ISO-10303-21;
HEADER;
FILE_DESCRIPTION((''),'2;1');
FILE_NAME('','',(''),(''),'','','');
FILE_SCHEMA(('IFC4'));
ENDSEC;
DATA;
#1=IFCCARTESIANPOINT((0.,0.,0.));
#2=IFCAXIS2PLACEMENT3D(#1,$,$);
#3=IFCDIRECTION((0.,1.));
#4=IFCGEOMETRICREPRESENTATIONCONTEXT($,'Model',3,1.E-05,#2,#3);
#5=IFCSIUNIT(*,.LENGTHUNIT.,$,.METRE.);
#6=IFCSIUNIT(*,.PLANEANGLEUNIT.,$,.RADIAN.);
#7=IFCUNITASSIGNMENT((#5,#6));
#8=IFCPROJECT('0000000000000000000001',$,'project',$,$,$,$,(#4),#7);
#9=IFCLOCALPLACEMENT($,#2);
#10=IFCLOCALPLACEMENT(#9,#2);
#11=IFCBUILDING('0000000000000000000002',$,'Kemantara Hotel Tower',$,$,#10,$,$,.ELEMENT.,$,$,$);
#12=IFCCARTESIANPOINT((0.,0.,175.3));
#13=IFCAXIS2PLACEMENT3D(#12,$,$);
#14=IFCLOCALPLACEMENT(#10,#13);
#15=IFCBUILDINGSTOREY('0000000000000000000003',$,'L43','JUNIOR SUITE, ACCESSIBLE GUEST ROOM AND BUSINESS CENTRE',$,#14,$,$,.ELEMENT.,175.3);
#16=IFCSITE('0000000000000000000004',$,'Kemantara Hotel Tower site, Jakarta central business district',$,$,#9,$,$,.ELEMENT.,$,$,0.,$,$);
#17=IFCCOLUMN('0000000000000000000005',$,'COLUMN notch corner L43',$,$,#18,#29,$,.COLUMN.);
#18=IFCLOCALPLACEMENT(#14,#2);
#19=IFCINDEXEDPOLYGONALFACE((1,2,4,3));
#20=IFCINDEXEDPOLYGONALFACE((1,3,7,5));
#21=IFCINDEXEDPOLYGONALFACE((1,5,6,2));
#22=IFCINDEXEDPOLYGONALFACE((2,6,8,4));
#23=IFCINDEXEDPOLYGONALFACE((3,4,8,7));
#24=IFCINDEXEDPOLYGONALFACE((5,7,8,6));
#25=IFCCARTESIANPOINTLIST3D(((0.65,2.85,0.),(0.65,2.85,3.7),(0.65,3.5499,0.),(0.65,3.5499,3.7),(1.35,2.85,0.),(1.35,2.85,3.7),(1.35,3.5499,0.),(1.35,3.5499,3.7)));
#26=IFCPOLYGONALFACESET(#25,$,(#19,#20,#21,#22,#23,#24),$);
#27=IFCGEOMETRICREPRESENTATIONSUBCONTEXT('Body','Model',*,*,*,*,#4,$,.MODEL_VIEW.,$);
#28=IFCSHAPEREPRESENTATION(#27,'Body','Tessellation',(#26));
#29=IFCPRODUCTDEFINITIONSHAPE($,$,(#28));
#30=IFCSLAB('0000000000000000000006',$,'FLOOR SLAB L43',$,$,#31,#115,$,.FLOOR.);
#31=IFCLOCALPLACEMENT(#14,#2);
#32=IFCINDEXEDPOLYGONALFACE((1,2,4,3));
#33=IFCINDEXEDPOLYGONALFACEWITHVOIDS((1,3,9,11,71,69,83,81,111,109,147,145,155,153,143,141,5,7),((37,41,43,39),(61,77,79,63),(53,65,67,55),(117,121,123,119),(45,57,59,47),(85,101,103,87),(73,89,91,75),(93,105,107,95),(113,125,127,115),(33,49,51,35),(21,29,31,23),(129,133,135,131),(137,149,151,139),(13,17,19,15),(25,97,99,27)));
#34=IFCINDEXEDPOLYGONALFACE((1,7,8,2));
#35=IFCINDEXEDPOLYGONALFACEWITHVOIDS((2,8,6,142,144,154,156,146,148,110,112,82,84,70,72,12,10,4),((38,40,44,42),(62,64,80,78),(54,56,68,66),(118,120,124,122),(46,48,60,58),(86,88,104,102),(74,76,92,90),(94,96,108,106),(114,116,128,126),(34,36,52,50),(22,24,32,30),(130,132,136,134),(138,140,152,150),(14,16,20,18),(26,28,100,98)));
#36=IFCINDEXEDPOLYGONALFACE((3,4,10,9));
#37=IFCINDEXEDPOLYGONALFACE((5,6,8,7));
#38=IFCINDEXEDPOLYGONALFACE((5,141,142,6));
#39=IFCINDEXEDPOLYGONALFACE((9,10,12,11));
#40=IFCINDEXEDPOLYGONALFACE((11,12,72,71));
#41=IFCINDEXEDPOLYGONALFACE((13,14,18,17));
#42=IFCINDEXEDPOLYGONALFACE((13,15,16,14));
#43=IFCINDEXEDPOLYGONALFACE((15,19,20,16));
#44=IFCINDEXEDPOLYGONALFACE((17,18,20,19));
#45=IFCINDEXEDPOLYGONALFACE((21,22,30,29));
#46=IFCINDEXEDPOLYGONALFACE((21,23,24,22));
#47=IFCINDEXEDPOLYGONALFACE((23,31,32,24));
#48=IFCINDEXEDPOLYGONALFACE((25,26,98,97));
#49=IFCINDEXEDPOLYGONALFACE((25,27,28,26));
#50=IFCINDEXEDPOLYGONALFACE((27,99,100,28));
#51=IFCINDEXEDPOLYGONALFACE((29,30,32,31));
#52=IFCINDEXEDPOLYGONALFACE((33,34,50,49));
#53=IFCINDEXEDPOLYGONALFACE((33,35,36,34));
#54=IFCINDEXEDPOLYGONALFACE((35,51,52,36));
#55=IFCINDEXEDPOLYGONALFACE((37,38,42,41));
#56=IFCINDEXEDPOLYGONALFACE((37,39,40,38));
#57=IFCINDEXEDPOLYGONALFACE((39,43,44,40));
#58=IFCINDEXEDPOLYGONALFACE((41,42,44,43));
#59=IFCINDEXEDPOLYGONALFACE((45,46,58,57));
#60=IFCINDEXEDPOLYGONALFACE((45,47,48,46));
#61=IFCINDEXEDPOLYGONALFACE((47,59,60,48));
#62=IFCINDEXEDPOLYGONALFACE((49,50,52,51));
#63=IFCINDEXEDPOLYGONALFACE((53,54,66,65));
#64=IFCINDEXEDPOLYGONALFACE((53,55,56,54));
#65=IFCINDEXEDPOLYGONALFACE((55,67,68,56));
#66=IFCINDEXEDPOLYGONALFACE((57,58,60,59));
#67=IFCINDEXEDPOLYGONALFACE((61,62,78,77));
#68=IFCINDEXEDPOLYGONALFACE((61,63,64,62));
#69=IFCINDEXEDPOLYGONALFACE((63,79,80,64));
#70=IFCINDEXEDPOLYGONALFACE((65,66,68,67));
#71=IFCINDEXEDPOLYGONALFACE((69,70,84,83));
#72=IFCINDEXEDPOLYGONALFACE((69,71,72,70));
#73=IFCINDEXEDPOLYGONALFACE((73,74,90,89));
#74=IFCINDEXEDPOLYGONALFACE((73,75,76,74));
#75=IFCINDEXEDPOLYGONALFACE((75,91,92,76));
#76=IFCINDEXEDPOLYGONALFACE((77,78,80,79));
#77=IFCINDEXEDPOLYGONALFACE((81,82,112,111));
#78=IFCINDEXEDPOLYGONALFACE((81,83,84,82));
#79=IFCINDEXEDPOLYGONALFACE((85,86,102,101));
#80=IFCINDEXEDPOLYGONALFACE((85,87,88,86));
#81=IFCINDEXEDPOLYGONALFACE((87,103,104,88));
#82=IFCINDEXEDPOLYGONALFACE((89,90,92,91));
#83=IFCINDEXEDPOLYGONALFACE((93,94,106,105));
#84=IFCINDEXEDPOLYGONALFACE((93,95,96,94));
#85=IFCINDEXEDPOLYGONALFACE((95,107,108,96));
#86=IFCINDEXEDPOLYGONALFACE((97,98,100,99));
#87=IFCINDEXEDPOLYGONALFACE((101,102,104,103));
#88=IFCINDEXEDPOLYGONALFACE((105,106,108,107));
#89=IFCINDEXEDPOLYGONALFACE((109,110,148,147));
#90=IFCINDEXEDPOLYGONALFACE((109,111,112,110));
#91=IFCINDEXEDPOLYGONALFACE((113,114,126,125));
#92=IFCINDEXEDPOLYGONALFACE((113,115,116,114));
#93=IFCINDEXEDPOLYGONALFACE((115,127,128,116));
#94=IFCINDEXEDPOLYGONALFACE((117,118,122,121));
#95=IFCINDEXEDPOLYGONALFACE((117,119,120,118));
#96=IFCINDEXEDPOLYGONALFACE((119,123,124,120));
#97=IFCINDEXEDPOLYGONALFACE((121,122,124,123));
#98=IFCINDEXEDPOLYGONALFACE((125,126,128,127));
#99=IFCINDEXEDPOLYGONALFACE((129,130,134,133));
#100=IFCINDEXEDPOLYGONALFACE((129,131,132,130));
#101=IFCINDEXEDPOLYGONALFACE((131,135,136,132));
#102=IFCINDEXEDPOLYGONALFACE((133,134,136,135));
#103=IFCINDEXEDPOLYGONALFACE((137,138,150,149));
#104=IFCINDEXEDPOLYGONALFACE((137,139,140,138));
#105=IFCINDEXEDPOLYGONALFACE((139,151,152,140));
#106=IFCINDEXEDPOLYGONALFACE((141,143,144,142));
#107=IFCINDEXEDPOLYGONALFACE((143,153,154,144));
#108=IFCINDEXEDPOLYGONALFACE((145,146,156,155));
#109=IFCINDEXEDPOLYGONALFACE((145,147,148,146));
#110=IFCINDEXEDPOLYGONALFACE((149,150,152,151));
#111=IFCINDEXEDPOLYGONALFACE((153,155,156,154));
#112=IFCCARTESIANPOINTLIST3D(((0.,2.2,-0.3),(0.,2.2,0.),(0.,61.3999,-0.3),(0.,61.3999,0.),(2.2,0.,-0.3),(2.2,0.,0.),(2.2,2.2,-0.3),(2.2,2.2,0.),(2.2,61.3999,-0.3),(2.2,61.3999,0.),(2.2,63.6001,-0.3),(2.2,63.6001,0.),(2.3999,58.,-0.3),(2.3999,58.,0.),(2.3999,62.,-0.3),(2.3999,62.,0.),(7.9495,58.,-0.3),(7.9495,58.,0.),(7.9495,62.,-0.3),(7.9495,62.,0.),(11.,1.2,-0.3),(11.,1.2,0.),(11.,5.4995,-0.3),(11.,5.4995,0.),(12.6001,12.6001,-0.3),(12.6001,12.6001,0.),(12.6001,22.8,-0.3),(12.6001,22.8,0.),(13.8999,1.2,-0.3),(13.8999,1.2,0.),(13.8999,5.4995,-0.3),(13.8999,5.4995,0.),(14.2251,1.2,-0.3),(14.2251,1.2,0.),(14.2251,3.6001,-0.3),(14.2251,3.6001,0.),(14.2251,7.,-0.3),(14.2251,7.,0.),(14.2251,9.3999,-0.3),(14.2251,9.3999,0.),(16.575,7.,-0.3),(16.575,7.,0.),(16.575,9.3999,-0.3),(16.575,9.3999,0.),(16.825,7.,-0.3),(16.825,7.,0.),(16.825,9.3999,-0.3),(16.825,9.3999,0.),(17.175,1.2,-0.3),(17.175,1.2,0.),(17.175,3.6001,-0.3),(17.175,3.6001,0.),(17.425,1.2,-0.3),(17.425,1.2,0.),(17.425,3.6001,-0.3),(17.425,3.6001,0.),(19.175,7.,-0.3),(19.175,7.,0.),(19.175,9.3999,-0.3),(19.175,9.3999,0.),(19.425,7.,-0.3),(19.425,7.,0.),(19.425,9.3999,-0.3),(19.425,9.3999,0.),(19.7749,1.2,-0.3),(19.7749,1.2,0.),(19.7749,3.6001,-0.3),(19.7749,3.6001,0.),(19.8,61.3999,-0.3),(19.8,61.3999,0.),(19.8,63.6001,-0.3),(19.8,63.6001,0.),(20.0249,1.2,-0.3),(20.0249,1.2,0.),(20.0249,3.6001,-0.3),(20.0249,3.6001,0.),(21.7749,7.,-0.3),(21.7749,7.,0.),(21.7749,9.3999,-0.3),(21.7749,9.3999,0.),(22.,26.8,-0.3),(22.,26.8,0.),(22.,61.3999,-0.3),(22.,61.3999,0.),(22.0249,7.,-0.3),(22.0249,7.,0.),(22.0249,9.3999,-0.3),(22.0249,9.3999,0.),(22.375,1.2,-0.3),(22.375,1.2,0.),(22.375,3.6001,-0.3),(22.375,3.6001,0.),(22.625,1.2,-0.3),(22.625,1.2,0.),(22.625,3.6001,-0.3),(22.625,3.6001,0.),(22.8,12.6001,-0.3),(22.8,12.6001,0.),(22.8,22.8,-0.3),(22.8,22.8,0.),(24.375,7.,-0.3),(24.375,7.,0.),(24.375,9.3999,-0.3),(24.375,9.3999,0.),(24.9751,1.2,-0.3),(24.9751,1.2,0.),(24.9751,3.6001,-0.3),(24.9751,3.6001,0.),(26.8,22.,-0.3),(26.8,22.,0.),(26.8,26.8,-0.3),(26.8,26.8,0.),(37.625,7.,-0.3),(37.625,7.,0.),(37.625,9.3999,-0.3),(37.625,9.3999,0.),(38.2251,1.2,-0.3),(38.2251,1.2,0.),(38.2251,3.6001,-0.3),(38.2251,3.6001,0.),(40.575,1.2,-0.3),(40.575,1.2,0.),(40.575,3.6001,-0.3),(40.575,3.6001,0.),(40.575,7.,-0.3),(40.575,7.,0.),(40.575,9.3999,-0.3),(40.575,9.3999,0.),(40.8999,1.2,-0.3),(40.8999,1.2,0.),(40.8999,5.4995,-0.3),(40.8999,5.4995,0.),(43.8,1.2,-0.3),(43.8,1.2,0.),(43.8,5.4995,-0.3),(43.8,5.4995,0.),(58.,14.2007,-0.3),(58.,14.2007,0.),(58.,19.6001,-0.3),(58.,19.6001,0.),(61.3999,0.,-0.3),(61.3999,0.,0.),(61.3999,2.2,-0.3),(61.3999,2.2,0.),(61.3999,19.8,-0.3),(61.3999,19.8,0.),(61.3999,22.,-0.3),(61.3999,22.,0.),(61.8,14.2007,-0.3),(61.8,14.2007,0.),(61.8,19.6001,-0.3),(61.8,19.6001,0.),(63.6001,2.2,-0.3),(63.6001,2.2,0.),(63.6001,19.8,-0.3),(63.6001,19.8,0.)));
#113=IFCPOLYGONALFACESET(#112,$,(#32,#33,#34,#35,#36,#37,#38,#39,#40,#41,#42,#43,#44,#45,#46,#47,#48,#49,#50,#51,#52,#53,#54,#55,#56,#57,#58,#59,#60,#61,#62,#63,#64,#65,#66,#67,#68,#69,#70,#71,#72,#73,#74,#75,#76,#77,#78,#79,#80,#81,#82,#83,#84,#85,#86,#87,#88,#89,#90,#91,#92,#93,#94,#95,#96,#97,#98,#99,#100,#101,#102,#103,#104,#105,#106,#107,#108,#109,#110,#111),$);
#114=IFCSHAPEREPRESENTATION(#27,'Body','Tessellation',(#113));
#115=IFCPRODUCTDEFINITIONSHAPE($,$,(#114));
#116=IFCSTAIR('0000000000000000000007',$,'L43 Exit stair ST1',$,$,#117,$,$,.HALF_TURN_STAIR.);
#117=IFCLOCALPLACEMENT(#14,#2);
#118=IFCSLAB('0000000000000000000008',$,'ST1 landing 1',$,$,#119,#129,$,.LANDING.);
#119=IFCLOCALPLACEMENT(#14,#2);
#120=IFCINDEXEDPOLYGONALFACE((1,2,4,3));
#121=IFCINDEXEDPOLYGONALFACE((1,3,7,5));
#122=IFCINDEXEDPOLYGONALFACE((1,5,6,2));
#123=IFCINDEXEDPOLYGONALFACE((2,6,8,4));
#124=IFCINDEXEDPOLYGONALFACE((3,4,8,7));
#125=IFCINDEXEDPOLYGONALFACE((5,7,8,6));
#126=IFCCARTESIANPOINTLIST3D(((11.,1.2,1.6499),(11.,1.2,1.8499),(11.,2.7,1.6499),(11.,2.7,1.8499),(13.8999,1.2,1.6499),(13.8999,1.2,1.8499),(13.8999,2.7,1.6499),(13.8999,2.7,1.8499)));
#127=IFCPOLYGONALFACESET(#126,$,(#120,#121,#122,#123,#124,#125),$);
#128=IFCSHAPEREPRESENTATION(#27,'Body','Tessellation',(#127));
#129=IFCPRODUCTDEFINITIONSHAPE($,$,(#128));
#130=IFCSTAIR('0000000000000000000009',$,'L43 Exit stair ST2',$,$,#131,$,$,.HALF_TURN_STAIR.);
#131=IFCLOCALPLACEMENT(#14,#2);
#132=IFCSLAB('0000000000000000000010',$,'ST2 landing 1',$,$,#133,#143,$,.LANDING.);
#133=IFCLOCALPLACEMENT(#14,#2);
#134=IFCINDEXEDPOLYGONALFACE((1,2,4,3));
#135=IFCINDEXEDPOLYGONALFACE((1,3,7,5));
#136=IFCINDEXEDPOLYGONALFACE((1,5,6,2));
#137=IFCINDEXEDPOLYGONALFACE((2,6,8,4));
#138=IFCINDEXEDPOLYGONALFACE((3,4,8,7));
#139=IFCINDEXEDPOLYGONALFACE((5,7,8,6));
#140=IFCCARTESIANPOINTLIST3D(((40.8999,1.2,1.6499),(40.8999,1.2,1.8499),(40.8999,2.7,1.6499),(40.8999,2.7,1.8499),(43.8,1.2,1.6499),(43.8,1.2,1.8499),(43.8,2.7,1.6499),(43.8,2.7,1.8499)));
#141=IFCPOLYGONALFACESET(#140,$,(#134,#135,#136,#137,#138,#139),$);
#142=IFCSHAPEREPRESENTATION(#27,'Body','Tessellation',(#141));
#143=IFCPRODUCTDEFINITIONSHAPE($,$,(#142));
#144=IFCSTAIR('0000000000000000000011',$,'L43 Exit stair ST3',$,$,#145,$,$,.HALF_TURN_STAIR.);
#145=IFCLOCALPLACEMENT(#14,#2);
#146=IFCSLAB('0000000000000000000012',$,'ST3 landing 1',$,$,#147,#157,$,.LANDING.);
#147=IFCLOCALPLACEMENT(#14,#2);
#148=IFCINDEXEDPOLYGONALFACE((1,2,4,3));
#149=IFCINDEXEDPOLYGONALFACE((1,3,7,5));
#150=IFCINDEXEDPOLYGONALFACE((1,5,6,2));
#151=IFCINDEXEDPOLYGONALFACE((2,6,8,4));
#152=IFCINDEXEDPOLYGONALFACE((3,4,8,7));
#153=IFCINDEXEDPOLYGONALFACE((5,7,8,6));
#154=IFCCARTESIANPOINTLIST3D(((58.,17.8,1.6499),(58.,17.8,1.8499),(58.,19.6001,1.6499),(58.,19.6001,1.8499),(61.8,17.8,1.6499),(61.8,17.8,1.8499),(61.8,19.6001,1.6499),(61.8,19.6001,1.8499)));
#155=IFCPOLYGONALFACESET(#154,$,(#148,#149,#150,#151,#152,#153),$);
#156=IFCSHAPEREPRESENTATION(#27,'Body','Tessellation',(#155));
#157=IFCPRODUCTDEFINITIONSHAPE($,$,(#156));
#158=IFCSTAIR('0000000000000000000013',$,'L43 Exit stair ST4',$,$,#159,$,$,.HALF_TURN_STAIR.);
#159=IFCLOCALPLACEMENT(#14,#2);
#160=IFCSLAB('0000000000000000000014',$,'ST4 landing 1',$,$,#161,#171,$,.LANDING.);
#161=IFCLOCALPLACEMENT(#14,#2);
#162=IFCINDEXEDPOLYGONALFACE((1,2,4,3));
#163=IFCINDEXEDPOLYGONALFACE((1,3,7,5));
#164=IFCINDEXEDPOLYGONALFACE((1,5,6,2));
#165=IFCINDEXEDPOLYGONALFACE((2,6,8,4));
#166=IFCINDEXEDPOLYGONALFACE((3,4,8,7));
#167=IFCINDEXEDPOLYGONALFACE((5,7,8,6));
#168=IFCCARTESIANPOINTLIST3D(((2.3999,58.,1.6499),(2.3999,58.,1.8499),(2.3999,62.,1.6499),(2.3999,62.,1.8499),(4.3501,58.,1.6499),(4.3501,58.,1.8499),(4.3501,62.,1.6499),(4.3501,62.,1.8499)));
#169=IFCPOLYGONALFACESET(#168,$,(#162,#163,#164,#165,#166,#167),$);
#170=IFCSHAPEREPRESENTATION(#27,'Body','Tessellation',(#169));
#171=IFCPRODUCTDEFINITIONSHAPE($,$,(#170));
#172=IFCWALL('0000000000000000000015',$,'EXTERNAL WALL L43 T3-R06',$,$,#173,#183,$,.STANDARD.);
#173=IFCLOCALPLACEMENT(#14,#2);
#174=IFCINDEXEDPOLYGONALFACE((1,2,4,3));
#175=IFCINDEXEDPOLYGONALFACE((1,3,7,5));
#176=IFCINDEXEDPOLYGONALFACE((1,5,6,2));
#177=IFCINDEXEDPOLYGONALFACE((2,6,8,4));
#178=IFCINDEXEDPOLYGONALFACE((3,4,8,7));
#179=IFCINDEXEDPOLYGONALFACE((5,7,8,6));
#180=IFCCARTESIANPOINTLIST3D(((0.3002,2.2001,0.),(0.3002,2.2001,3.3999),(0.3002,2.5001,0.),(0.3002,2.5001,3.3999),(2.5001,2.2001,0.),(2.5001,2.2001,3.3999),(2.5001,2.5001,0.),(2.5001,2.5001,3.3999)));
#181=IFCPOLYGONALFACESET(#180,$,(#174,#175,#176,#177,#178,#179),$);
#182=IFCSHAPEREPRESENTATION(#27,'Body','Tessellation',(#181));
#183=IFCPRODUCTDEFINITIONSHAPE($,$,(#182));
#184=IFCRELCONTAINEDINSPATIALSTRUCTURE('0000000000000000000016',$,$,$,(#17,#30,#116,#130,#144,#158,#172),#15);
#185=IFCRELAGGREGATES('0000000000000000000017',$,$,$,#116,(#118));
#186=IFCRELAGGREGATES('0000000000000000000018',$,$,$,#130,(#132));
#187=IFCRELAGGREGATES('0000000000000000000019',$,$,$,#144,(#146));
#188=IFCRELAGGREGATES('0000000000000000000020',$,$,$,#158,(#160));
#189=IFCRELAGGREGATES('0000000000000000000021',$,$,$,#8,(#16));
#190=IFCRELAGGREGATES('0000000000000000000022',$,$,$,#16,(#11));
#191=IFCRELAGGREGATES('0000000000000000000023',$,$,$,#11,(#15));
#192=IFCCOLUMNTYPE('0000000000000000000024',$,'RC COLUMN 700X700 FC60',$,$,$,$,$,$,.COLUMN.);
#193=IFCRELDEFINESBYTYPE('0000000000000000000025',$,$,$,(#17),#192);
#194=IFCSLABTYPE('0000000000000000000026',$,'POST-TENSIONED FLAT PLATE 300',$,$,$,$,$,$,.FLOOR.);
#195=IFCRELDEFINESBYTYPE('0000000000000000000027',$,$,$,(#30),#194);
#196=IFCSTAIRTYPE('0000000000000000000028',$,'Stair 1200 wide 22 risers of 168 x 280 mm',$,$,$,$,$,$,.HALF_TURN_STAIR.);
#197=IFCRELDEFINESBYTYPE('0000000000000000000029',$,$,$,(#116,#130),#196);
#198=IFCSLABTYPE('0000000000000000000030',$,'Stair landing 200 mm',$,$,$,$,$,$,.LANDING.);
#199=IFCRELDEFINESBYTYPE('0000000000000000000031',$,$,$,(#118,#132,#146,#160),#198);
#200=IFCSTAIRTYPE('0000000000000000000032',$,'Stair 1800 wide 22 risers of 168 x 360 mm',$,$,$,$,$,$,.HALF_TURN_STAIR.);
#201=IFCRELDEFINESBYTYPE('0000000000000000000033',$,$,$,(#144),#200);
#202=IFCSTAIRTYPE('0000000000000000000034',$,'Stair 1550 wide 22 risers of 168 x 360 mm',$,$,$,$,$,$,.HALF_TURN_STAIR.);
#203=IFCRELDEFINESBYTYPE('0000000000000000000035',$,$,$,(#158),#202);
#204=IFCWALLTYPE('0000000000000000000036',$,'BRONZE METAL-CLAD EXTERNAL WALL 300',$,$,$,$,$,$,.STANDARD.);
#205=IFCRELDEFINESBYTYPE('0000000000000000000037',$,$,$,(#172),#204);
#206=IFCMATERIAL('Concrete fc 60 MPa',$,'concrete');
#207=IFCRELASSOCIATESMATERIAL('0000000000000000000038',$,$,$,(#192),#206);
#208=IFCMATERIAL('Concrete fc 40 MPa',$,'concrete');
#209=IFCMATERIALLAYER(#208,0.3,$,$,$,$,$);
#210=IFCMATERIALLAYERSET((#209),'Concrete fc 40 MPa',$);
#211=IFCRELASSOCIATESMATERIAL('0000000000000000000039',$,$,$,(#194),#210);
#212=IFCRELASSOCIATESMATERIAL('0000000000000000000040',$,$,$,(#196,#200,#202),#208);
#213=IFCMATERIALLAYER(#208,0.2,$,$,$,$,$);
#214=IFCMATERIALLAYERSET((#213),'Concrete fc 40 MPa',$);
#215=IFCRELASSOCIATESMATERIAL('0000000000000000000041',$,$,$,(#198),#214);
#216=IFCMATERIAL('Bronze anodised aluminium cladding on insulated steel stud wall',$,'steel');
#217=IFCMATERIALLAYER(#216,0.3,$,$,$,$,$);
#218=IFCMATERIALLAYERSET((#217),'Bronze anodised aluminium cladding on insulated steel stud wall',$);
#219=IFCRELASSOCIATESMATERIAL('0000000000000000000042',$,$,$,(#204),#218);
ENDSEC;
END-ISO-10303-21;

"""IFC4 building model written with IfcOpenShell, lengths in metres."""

from ifc_helpers import new_model, si_unit, direction, frame, frame_2d, origin, origin_2d, place, context, subcontext, project, spatial, polyline, rectangle, outline, extrude, material, layer, layer_set, material_profile, profile_set, type_object, element, aggregate, save


model = new_model("IFC4")

# Units and contexts
model_context = context("Model", 3, precision=1e-05, world=origin(), true_north=direction((0.0, 1.0)))
body_context = subcontext(model_context, "Body", "Model", "MODEL_VIEW")
ifc_project = project(units=[si_unit("LENGTHUNIT", "METRE"), si_unit("PLANEANGLEUNIT", "RADIAN")], contexts=[model_context])

# Site, building, storey
site_placement = place(None, origin())
site = spatial("IfcSite", under=ifc_project, at=site_placement, Name="Kemantara Hotel Tower site, Jakarta central business district", CompositionType="ELEMENT", RefElevation=0.0)
building_placement = place(site_placement, origin())
building = spatial("IfcBuilding", under=site, at=building_placement, Name="Kemantara Hotel Tower", CompositionType="ELEMENT")
storey_placement = place(building_placement, frame((0.0, 0.0, 175.3)))
storey = spatial("IfcBuildingStorey", under=building, at=storey_placement, Name="L43", Description="JUNIOR SUITE, ACCESSIBLE GUEST ROOM AND BUSINESS CENTRE", CompositionType="ELEMENT", Elevation=175.3)

# Column
ifc_material_1 = material(Name="Concrete fc 60 MPa", Category="concrete")
ifc_material_profile = material_profile(ifc_material_1, rectangle(XDim=0.7, YDim=0.7, at=origin_2d()), Name="RC 700X700")
ifc_profile_set = profile_set([ifc_material_profile], Name="Concrete fc 60 MPa")
column_type = type_object("IfcColumnType", Name="RC COLUMN 700X700 FC60", PredefinedType="COLUMN", material=ifc_profile_set)
column_placement = place(storey_placement, frame((1.0, 3.2, 0.0), z_axis=(0.0, 0.0, 1.0), x_axis=(1.0, 0.0, 0.0)))
element("IfcColumn", 1, at=column_placement, inside=storey, type_object=column_type, Name="COLUMN notch corner L43", PredefinedType="COLUMN", context=body_context, shape_type="SweptSolid", body=[
    extrude(rectangle(XDim=0.7, YDim=0.7, at=origin_2d()), origin(), (0.0, 0.0, 1.0), 3.7),
])

# Slab
ifc_material_2 = material(Name="Concrete fc 40 MPa", Category="concrete")
ifc_layer_1 = layer(ifc_material_2, 0.3)
ifc_layer_set_1 = layer_set([ifc_layer_1], Name="Concrete fc 40 MPa")
slab_type_1 = type_object("IfcSlabType", Name="POST-TENSIONED FLAT PLATE 300", PredefinedType="FLOOR", material=ifc_layer_set_1)
slab_1_placement = place(storey_placement, frame((0.0, 0.0, -0.3)))
element("IfcSlab", 2, at=slab_1_placement, inside=storey, type_object=slab_type_1, Name="FLOOR SLAB L43", PredefinedType="FLOOR", context=body_context, shape_type="SweptSolid", body=[
    extrude(outline(polyline([(22.0, 26.8), (22.0, 61.3999), (19.8, 61.3999), (19.8, 63.6001), (2.2, 63.6001), (2.2, 61.3999), (0.0, 61.3999), (0.0, 2.2), (2.2, 2.2), (2.2, 0.0), (61.3999, 0.0), (61.3999, 2.2), (63.6001, 2.2), (63.6001, 19.8), (61.3999, 19.8), (61.3999, 22.0), (26.8, 22.0), (26.8, 26.8), (22.0, 26.8)]), holes=[polyline([(17.175, 3.6001), (17.175, 1.2), (14.2251, 1.2), (14.2251, 3.6001), (17.175, 3.6001)]), polyline([(19.7749, 1.2), (17.425, 1.2), (17.425, 3.6001), (19.7749, 3.6001), (19.7749, 1.2)]), polyline([(11.0, 1.2), (11.0, 5.4995), (13.8999, 5.4995), (13.8999, 1.2), (11.0, 1.2)]), polyline([(16.575, 7.0), (14.2251, 7.0), (14.2251, 9.3999), (16.575, 9.3999), (16.575, 7.0)]), polyline([(19.175, 7.0), (16.825, 7.0), (16.825, 9.3999), (19.175, 9.3999), (19.175, 7.0)]), polyline([(21.7749, 7.0), (19.425, 7.0), (19.425, 9.3999), (21.7749, 9.3999), (21.7749, 7.0)]), polyline([(22.8, 12.6001), (12.6001, 12.6001), (12.6001, 22.8), (22.8, 22.8), (22.8, 12.6001)]), polyline([(2.3999, 62.0), (7.9495, 62.0), (7.9495, 58.0), (2.3999, 58.0), (2.3999, 62.0)]), polyline([(22.375, 1.2), (20.0249, 1.2), (20.0249, 3.6001), (22.375, 3.6001), (22.375, 1.2)]), polyline([(24.9751, 1.2), (22.625, 1.2), (22.625, 3.6001), (24.9751, 3.6001), (24.9751, 1.2)]), polyline([(40.575, 1.2), (38.2251, 1.2), (38.2251, 3.6001), (40.575, 3.6001), (40.575, 1.2)]), polyline([(40.8999, 1.2), (40.8999, 5.4995), (43.8, 5.4995), (43.8, 1.2), (40.8999, 1.2)]), polyline([(24.375, 7.0), (22.0249, 7.0), (22.0249, 9.3999), (24.375, 9.3999), (24.375, 7.0)]), polyline([(40.575, 7.0), (37.625, 7.0), (37.625, 9.3999), (40.575, 9.3999), (40.575, 7.0)]), polyline([(61.8, 19.6001), (61.8, 14.2007), (58.0, 14.2007), (58.0, 19.6001), (61.8, 19.6001)])]), origin(), (0.0, 0.0, 1.0), 0.3),
])

# Stairs, slabs
stair_type_1 = type_object("IfcStairType", Name="Stair 1200 wide 22 risers of 168 x 280 mm", PredefinedType="HALF_TURN_STAIR", material=ifc_material_2)
stair_1_placement = place(storey_placement, origin())
stair_1 = element("IfcStair", 3, at=stair_1_placement, inside=storey, type_object=stair_type_1, Name="L43 Exit stair ST1", PredefinedType="HALF_TURN_STAIR")
ifc_layer_2 = layer(ifc_material_2, 0.2)
ifc_layer_set_2 = layer_set([ifc_layer_2], Name="Concrete fc 40 MPa")
slab_type_2 = type_object("IfcSlabType", Name="Stair landing 200 mm", PredefinedType="LANDING", material=ifc_layer_set_2)
slab_2_placement = place(storey_placement, frame((0.0, 0.0, 1.6499)))
slab_2 = element("IfcSlab", 4, at=slab_2_placement, type_object=slab_type_2, Name="ST1 landing 1", PredefinedType="LANDING", context=body_context, shape_type="SweptSolid", body=[
    extrude(outline(polyline([(11.0, 2.7), (11.0, 1.2), (13.8999, 1.2), (13.8999, 2.7), (11.0, 2.7)])), origin(), (0.0, 0.0, 1.0), 0.2),
])
aggregate(stair_1, [slab_2])
stair_2_placement = place(storey_placement, origin())
stair_2 = element("IfcStair", 5, at=stair_2_placement, inside=storey, type_object=stair_type_1, Name="L43 Exit stair ST2", PredefinedType="HALF_TURN_STAIR")
slab_3_placement = place(storey_placement, frame((0.0, 0.0, 1.6499)))
slab_3 = element("IfcSlab", 6, at=slab_3_placement, type_object=slab_type_2, Name="ST2 landing 1", PredefinedType="LANDING", context=body_context, shape_type="SweptSolid", body=[
    extrude(outline(polyline([(40.8999, 2.7), (40.8999, 1.2), (43.8, 1.2), (43.8, 2.7), (40.8999, 2.7)])), origin(), (0.0, 0.0, 1.0), 0.2),
])
aggregate(stair_2, [slab_3])
stair_type_2 = type_object("IfcStairType", Name="Stair 1800 wide 22 risers of 168 x 360 mm", PredefinedType="HALF_TURN_STAIR", material=ifc_material_2)
stair_3_placement = place(storey_placement, origin())
stair_3 = element("IfcStair", 7, at=stair_3_placement, inside=storey, type_object=stair_type_2, Name="L43 Exit stair ST3", PredefinedType="HALF_TURN_STAIR")
slab_4_placement = place(storey_placement, frame((0.0, 0.0, 1.6499)))
slab_4 = element("IfcSlab", 8, at=slab_4_placement, type_object=slab_type_2, Name="ST3 landing 1", PredefinedType="LANDING", context=body_context, shape_type="SweptSolid", body=[
    extrude(outline(polyline([(61.8, 17.8), (61.8, 19.6001), (58.0, 19.6001), (58.0, 17.8), (61.8, 17.8)])), origin(), (0.0, 0.0, 1.0), 0.2),
])
aggregate(stair_3, [slab_4])
stair_type_3 = type_object("IfcStairType", Name="Stair 1550 wide 22 risers of 168 x 360 mm", PredefinedType="HALF_TURN_STAIR", material=ifc_material_2)
stair_4_placement = place(storey_placement, origin())
stair_4 = element("IfcStair", 9, at=stair_4_placement, inside=storey, type_object=stair_type_3, Name="L43 Exit stair ST4", PredefinedType="HALF_TURN_STAIR")
slab_5_placement = place(storey_placement, frame((0.0, 0.0, 1.6499)))
slab_5 = element("IfcSlab", 10, at=slab_5_placement, type_object=slab_type_2, Name="ST4 landing 1", PredefinedType="LANDING", context=body_context, shape_type="SweptSolid", body=[
    extrude(outline(polyline([(4.3501, 62.0), (2.3999, 62.0), (2.3999, 58.0), (4.3501, 58.0), (4.3501, 62.0)])), origin(), (0.0, 0.0, 1.0), 0.2),
])
aggregate(stair_4, [slab_5])

# Wall
ifc_material_3 = material(Name="Bronze anodised aluminium cladding on insulated steel stud wall", Category="steel")
ifc_layer_3 = layer(ifc_material_3, 0.3)
ifc_layer_set_3 = layer_set([ifc_layer_3], Name="Bronze anodised aluminium cladding on insulated steel stud wall")
wall_type_1 = type_object("IfcWallType", Name="BRONZE METAL-CLAD EXTERNAL WALL 300", PredefinedType="STANDARD", material=ifc_layer_set_3)
for number, where, z_axis, x_axis, name in (
    (11, (0.3, 2.3501, 0.0), (0.0, 0.0, 1.0), (1.0, 0.0, 0.0), "EXTERNAL WALL L43 T3-R06"),
):
    element("IfcWall", number, at=place(storey_placement, frame(where, z_axis=z_axis, x_axis=x_axis)), inside=storey, type_object=wall_type_1, Name=name, PredefinedType="STANDARD", context=body_context, shape_type="SweptSolid", body=[
        extrude(rectangle(XDim=2.2, YDim=0.3, at=frame_2d((1.1001, 0.0))), origin(), (0.0, 0.0, 1.0), 3.3999),
    ])

save(model, "model.ifc")
